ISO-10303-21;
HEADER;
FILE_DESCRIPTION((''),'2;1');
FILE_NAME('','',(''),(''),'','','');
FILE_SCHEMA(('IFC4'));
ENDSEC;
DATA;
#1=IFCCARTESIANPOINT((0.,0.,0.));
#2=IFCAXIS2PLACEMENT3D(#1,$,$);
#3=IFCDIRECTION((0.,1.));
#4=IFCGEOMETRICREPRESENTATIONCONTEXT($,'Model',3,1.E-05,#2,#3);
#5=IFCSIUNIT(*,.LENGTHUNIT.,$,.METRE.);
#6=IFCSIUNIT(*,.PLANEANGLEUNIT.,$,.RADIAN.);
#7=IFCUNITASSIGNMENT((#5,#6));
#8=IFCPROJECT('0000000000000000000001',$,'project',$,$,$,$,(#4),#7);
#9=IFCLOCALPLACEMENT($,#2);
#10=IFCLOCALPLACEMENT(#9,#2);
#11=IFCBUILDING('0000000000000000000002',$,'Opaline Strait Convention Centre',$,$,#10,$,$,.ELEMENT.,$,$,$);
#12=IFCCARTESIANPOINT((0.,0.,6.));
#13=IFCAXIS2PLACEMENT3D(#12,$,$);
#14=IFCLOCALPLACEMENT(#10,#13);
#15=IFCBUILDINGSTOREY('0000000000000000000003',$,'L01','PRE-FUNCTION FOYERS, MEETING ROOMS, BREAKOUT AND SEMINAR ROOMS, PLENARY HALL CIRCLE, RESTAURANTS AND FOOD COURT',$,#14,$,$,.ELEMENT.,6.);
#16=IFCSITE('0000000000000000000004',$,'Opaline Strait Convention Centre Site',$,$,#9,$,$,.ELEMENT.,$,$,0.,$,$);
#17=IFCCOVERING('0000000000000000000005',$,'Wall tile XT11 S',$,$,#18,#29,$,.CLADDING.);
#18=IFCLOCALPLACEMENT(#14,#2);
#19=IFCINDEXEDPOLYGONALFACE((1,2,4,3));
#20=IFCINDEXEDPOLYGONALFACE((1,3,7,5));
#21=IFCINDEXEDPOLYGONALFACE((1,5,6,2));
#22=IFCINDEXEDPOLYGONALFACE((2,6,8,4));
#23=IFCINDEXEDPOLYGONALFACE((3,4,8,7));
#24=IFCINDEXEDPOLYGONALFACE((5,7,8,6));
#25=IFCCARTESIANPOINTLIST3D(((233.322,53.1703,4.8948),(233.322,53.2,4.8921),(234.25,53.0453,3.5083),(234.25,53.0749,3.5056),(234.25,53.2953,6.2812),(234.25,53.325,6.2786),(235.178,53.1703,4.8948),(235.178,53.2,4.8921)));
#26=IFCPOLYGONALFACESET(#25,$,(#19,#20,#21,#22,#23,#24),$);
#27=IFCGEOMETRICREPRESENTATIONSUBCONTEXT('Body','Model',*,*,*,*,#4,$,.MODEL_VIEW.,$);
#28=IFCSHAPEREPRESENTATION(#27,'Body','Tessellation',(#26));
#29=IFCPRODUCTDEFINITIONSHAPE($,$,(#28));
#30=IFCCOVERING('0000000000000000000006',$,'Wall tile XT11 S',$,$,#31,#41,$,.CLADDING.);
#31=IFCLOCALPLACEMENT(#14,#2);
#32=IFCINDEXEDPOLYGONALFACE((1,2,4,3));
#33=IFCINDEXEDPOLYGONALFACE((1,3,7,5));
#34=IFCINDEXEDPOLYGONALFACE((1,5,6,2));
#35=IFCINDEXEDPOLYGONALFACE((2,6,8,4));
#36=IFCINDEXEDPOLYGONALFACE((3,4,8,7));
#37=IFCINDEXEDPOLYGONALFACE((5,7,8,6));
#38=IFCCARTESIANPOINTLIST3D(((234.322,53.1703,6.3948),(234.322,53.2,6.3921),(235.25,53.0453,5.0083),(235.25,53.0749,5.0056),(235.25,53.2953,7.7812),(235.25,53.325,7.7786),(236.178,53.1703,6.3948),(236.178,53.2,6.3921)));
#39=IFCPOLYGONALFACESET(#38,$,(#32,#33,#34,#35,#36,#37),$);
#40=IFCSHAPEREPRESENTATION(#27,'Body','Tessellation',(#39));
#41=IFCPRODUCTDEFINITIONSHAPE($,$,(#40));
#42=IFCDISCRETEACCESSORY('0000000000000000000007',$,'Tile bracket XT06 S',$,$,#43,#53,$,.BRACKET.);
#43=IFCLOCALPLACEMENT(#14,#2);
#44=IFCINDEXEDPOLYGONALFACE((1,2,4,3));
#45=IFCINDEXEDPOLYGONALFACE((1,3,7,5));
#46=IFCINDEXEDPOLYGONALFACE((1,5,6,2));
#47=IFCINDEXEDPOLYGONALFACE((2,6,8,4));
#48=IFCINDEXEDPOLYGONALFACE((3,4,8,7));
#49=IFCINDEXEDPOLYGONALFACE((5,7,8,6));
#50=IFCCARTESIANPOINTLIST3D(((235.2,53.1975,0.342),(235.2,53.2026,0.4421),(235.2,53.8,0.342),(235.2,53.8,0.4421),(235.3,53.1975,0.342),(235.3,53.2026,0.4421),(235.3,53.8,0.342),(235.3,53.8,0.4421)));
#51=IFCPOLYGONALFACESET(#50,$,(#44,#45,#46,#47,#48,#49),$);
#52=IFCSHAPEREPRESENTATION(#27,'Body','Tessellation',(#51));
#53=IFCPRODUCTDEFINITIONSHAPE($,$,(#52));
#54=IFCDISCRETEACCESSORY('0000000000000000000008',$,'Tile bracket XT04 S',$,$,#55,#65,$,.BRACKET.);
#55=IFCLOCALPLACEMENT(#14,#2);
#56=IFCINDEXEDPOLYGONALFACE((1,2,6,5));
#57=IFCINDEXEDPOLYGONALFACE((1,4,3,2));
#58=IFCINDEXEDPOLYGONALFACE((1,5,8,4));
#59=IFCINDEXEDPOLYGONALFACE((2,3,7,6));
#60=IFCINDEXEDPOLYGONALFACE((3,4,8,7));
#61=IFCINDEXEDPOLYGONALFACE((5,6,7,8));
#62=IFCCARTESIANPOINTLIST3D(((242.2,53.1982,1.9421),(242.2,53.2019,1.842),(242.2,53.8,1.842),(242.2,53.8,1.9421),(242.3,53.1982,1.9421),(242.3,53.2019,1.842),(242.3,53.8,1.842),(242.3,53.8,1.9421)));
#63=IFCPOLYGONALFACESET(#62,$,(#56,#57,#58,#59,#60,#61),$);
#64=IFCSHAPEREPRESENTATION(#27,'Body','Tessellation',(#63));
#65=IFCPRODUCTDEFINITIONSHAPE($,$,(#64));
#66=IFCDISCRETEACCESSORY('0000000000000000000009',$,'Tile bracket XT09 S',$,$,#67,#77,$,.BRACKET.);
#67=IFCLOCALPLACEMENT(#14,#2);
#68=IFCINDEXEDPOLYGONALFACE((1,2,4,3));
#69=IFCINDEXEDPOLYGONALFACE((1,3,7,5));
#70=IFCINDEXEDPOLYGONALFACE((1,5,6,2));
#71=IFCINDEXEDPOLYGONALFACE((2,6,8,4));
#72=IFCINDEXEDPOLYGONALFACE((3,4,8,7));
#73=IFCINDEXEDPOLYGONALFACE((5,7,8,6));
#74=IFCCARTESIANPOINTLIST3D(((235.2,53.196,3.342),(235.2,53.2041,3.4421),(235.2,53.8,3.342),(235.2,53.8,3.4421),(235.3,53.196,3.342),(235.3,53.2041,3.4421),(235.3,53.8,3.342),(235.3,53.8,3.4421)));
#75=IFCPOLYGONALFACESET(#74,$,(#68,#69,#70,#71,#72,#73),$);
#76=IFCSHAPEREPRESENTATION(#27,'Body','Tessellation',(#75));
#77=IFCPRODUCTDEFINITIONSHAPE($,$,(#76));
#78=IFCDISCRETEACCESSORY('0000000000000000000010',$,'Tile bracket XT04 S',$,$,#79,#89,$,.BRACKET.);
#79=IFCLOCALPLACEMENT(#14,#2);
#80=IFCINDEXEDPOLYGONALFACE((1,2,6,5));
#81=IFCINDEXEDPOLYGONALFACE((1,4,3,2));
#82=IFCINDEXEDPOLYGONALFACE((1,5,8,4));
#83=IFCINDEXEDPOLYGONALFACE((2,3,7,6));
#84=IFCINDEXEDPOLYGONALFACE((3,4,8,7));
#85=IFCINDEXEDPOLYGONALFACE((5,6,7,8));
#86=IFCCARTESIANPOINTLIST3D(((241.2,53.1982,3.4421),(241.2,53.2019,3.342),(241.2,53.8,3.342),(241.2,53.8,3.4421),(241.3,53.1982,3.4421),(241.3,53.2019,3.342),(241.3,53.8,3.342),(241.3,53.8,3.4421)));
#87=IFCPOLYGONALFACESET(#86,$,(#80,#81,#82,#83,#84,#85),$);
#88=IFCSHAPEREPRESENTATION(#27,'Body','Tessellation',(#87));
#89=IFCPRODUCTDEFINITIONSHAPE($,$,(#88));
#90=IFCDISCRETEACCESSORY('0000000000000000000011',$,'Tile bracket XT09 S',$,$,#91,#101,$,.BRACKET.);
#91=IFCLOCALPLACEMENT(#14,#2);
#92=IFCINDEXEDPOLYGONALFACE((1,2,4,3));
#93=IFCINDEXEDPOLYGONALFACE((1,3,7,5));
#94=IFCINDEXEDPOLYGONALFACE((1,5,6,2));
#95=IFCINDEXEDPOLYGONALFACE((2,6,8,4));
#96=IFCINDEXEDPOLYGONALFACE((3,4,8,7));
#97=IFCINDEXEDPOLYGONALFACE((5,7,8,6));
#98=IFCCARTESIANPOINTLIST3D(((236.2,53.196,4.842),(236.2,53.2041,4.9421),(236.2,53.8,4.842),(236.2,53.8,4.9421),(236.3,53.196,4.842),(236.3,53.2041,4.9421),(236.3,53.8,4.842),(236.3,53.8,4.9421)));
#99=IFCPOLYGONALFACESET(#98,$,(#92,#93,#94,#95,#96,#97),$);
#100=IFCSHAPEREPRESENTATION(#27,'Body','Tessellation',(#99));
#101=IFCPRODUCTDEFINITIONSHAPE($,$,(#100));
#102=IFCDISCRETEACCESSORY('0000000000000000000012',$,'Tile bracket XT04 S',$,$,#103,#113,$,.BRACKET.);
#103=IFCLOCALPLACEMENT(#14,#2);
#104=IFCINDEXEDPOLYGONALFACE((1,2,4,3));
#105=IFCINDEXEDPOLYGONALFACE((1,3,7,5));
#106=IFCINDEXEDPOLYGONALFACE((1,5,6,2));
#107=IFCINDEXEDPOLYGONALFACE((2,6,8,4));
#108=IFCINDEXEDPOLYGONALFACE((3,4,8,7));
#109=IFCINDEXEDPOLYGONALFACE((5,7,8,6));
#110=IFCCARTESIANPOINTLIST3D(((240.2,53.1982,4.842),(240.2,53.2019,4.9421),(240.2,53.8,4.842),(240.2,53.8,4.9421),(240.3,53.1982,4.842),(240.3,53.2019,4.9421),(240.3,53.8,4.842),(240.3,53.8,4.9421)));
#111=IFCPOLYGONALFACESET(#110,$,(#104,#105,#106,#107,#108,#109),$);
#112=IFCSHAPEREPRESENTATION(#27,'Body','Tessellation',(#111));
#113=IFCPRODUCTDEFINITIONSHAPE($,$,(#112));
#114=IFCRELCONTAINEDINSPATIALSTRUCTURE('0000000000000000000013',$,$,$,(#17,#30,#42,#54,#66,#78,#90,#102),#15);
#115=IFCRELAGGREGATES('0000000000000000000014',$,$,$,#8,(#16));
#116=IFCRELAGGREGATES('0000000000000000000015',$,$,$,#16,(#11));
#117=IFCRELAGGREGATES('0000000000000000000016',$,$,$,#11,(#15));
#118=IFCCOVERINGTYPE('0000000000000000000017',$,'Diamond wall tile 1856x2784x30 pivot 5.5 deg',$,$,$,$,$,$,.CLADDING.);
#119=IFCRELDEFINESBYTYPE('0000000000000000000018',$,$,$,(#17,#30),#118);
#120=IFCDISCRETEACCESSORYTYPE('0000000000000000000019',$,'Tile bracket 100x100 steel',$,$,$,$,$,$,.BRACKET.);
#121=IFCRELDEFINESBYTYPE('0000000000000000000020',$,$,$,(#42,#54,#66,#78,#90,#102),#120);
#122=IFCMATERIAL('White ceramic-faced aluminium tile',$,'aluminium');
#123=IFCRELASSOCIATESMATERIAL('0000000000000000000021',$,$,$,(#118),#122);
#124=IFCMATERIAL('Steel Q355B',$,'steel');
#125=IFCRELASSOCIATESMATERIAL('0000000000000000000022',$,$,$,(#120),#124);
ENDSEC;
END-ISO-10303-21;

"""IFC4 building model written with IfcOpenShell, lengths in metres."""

from ifc_helpers import new_model, si_unit, direction, frame, origin, place, context, subcontext, project, spatial, polyline, outline, extrude, material, material_profile, profile_set, type_object, element, save


model = new_model("IFC4")

# Units and contexts
model_context = context("Model", 3, precision=1e-05, world=origin(), true_north=direction((0.0, 1.0)))
body_context = subcontext(model_context, "Body", "Model", "MODEL_VIEW")
ifc_project = project(units=[si_unit("LENGTHUNIT", "METRE"), si_unit("PLANEANGLEUNIT", "RADIAN")], contexts=[model_context])

# Site, building, storey
site_placement = place(None, origin())
site = spatial("IfcSite", under=ifc_project, at=site_placement, Name="Opaline Strait Convention Centre Site", CompositionType="ELEMENT", RefElevation=0.0)
building_placement = place(site_placement, origin())
building = spatial("IfcBuilding", under=site, at=building_placement, Name="Opaline Strait Convention Centre", CompositionType="ELEMENT")
storey_placement = place(building_placement, frame((0.0, 0.0, 6.0)))
storey = spatial("IfcBuildingStorey", under=building, at=storey_placement, Name="L01", Description="PRE-FUNCTION FOYERS, MEETING ROOMS, BREAKOUT AND SEMINAR ROOMS, PLENARY HALL CIRCLE, RESTAURANTS AND FOOD COURT", CompositionType="ELEMENT", Elevation=6.0)

# Coverings
ifc_material_1 = material(Name="White ceramic-faced aluminium tile", Category="aluminium")
ifc_material_profile_1 = material_profile(ifc_material_1, outline(polyline([(0.928, 0.0), (0.0, 1.3921), (-0.928, 0.0), (0.0, -1.3921), (0.928, 0.0)])), Name="Diamond tile 1856x2784")
ifc_profile_set_1 = profile_set([ifc_material_profile_1], Name="White ceramic-faced aluminium tile")
covering_type_1 = type_object("IfcCoveringType", Name="Diamond wall tile 1856x2784x30 pivot 5.5 deg", PredefinedType="CLADDING", material=ifc_profile_set_1)
for number, where, z_axis, x_axis, name in (
    (1, (234.25, 53.2, 4.8921), (0.0, -0.99596, 0.0898), (1.0, 0.0, 0.0), "Wall tile XT11 S"),
    (2, (235.25, 53.2, 6.3921), (0.0, -0.99596, 0.0898), (1.0, 0.0, 0.0), "Wall tile XT11 S"),
):
    element("IfcCovering", number, at=place(storey_placement, frame(where, z_axis=z_axis, x_axis=x_axis)), inside=storey, type_object=covering_type_1, Name=name, PredefinedType="CLADDING", context=body_context, shape_type="SweptSolid", body=[
        extrude(outline(polyline([(0.928, 0.0), (0.0, 1.3921), (-0.928, 0.0), (0.0, -1.3921), (0.928, 0.0)])), origin(), (0.0, 0.0, 1.0), 0.0298),
    ])

# Discrete accessories
ifc_material_2 = material(Name="Steel Q355B", Category="steel")
discrete_accessory_type = type_object("IfcDiscreteAccessoryType", Name="Tile bracket 100x100 steel", PredefinedType="BRACKET", material=ifc_material_2)
discrete_accessory_1_placement = place(storey_placement, frame((235.2, 53.8, 0.3921), z_axis=(1.0, 0.0, 0.0), x_axis=(0.0, 1.0, 0.0)))
element("IfcDiscreteAccessory", 3, at=discrete_accessory_1_placement, inside=storey, type_object=discrete_accessory_type, Name="Tile bracket XT06 S", PredefinedType="BRACKET", context=body_context, shape_type="SweptSolid", body=[
    extrude(outline(polyline([(0.0, -0.05), (0.0, 0.05), (-0.5974, 0.05), (-0.6025, -0.05), (0.0, -0.05)])), origin(), (0.0, 0.0, 1.0), 0.1001),
])
discrete_accessory_2_placement = place(storey_placement, frame((242.2, 53.8, 1.8921), z_axis=(1.0, 0.0, 0.0), x_axis=(0.0, 1.0, 0.0)))
element("IfcDiscreteAccessory", 4, at=discrete_accessory_2_placement, inside=storey, type_object=discrete_accessory_type, Name="Tile bracket XT04 S", PredefinedType="BRACKET", context=body_context, shape_type="SweptSolid", body=[
    extrude(outline(polyline([(0.0, -0.05), (0.0, 0.05), (-0.6018, 0.05), (-0.5981, -0.05), (0.0, -0.05)])), origin(), (0.0, 0.0, 1.0), 0.1001),
])
discrete_accessory_3_placement = place(storey_placement, frame((235.2, 53.8, 3.3921), z_axis=(1.0, 0.0, 0.0), x_axis=(0.0, 1.0, 0.0)))
element("IfcDiscreteAccessory", 5, at=discrete_accessory_3_placement, inside=storey, type_object=discrete_accessory_type, Name="Tile bracket XT09 S", PredefinedType="BRACKET", context=body_context, shape_type="SweptSolid", body=[
    extrude(outline(polyline([(0.0, -0.05), (0.0, 0.05), (-0.5959, 0.05), (-0.604, -0.05), (0.0, -0.05)])), origin(), (0.0, 0.0, 1.0), 0.1001),
])
discrete_accessory_4_placement = place(storey_placement, frame((241.2, 53.8, 3.3921), z_axis=(1.0, 0.0, 0.0), x_axis=(0.0, 1.0, 0.0)))
element("IfcDiscreteAccessory", 6, at=discrete_accessory_4_placement, inside=storey, type_object=discrete_accessory_type, Name="Tile bracket XT04 S", PredefinedType="BRACKET", context=body_context, shape_type="SweptSolid", body=[
    extrude(outline(polyline([(0.0, -0.05), (0.0, 0.05), (-0.6018, 0.05), (-0.5981, -0.05), (0.0, -0.05)])), origin(), (0.0, 0.0, 1.0), 0.1001),
])
discrete_accessory_5_placement = place(storey_placement, frame((236.2, 53.8, 4.8921), z_axis=(1.0, 0.0, 0.0), x_axis=(0.0, 1.0, 0.0)))
element("IfcDiscreteAccessory", 7, at=discrete_accessory_5_placement, inside=storey, type_object=discrete_accessory_type, Name="Tile bracket XT09 S", PredefinedType="BRACKET", context=body_context, shape_type="SweptSolid", body=[
    extrude(outline(polyline([(0.0, -0.05), (0.0, 0.05), (-0.5959, 0.05), (-0.604, -0.05), (0.0, -0.05)])), origin(), (0.0, 0.0, 1.0), 0.1001),
])
discrete_accessory_6_placement = place(storey_placement, frame((240.2, 53.8, 4.8921), z_axis=(1.0, 0.0, 0.0), x_axis=(0.0, 1.0, 0.0)))
element("IfcDiscreteAccessory", 8, at=discrete_accessory_6_placement, inside=storey, type_object=discrete_accessory_type, Name="Tile bracket XT04 S", PredefinedType="BRACKET", context=body_context, shape_type="SweptSolid", body=[
    extrude(outline(polyline([(0.0, -0.05), (0.0, 0.05), (-0.5981, 0.05), (-0.6018, -0.05), (0.0, -0.05)])), origin(), (0.0, 0.0, 1.0), 0.1001),
])

save(model, "model.ifc")
